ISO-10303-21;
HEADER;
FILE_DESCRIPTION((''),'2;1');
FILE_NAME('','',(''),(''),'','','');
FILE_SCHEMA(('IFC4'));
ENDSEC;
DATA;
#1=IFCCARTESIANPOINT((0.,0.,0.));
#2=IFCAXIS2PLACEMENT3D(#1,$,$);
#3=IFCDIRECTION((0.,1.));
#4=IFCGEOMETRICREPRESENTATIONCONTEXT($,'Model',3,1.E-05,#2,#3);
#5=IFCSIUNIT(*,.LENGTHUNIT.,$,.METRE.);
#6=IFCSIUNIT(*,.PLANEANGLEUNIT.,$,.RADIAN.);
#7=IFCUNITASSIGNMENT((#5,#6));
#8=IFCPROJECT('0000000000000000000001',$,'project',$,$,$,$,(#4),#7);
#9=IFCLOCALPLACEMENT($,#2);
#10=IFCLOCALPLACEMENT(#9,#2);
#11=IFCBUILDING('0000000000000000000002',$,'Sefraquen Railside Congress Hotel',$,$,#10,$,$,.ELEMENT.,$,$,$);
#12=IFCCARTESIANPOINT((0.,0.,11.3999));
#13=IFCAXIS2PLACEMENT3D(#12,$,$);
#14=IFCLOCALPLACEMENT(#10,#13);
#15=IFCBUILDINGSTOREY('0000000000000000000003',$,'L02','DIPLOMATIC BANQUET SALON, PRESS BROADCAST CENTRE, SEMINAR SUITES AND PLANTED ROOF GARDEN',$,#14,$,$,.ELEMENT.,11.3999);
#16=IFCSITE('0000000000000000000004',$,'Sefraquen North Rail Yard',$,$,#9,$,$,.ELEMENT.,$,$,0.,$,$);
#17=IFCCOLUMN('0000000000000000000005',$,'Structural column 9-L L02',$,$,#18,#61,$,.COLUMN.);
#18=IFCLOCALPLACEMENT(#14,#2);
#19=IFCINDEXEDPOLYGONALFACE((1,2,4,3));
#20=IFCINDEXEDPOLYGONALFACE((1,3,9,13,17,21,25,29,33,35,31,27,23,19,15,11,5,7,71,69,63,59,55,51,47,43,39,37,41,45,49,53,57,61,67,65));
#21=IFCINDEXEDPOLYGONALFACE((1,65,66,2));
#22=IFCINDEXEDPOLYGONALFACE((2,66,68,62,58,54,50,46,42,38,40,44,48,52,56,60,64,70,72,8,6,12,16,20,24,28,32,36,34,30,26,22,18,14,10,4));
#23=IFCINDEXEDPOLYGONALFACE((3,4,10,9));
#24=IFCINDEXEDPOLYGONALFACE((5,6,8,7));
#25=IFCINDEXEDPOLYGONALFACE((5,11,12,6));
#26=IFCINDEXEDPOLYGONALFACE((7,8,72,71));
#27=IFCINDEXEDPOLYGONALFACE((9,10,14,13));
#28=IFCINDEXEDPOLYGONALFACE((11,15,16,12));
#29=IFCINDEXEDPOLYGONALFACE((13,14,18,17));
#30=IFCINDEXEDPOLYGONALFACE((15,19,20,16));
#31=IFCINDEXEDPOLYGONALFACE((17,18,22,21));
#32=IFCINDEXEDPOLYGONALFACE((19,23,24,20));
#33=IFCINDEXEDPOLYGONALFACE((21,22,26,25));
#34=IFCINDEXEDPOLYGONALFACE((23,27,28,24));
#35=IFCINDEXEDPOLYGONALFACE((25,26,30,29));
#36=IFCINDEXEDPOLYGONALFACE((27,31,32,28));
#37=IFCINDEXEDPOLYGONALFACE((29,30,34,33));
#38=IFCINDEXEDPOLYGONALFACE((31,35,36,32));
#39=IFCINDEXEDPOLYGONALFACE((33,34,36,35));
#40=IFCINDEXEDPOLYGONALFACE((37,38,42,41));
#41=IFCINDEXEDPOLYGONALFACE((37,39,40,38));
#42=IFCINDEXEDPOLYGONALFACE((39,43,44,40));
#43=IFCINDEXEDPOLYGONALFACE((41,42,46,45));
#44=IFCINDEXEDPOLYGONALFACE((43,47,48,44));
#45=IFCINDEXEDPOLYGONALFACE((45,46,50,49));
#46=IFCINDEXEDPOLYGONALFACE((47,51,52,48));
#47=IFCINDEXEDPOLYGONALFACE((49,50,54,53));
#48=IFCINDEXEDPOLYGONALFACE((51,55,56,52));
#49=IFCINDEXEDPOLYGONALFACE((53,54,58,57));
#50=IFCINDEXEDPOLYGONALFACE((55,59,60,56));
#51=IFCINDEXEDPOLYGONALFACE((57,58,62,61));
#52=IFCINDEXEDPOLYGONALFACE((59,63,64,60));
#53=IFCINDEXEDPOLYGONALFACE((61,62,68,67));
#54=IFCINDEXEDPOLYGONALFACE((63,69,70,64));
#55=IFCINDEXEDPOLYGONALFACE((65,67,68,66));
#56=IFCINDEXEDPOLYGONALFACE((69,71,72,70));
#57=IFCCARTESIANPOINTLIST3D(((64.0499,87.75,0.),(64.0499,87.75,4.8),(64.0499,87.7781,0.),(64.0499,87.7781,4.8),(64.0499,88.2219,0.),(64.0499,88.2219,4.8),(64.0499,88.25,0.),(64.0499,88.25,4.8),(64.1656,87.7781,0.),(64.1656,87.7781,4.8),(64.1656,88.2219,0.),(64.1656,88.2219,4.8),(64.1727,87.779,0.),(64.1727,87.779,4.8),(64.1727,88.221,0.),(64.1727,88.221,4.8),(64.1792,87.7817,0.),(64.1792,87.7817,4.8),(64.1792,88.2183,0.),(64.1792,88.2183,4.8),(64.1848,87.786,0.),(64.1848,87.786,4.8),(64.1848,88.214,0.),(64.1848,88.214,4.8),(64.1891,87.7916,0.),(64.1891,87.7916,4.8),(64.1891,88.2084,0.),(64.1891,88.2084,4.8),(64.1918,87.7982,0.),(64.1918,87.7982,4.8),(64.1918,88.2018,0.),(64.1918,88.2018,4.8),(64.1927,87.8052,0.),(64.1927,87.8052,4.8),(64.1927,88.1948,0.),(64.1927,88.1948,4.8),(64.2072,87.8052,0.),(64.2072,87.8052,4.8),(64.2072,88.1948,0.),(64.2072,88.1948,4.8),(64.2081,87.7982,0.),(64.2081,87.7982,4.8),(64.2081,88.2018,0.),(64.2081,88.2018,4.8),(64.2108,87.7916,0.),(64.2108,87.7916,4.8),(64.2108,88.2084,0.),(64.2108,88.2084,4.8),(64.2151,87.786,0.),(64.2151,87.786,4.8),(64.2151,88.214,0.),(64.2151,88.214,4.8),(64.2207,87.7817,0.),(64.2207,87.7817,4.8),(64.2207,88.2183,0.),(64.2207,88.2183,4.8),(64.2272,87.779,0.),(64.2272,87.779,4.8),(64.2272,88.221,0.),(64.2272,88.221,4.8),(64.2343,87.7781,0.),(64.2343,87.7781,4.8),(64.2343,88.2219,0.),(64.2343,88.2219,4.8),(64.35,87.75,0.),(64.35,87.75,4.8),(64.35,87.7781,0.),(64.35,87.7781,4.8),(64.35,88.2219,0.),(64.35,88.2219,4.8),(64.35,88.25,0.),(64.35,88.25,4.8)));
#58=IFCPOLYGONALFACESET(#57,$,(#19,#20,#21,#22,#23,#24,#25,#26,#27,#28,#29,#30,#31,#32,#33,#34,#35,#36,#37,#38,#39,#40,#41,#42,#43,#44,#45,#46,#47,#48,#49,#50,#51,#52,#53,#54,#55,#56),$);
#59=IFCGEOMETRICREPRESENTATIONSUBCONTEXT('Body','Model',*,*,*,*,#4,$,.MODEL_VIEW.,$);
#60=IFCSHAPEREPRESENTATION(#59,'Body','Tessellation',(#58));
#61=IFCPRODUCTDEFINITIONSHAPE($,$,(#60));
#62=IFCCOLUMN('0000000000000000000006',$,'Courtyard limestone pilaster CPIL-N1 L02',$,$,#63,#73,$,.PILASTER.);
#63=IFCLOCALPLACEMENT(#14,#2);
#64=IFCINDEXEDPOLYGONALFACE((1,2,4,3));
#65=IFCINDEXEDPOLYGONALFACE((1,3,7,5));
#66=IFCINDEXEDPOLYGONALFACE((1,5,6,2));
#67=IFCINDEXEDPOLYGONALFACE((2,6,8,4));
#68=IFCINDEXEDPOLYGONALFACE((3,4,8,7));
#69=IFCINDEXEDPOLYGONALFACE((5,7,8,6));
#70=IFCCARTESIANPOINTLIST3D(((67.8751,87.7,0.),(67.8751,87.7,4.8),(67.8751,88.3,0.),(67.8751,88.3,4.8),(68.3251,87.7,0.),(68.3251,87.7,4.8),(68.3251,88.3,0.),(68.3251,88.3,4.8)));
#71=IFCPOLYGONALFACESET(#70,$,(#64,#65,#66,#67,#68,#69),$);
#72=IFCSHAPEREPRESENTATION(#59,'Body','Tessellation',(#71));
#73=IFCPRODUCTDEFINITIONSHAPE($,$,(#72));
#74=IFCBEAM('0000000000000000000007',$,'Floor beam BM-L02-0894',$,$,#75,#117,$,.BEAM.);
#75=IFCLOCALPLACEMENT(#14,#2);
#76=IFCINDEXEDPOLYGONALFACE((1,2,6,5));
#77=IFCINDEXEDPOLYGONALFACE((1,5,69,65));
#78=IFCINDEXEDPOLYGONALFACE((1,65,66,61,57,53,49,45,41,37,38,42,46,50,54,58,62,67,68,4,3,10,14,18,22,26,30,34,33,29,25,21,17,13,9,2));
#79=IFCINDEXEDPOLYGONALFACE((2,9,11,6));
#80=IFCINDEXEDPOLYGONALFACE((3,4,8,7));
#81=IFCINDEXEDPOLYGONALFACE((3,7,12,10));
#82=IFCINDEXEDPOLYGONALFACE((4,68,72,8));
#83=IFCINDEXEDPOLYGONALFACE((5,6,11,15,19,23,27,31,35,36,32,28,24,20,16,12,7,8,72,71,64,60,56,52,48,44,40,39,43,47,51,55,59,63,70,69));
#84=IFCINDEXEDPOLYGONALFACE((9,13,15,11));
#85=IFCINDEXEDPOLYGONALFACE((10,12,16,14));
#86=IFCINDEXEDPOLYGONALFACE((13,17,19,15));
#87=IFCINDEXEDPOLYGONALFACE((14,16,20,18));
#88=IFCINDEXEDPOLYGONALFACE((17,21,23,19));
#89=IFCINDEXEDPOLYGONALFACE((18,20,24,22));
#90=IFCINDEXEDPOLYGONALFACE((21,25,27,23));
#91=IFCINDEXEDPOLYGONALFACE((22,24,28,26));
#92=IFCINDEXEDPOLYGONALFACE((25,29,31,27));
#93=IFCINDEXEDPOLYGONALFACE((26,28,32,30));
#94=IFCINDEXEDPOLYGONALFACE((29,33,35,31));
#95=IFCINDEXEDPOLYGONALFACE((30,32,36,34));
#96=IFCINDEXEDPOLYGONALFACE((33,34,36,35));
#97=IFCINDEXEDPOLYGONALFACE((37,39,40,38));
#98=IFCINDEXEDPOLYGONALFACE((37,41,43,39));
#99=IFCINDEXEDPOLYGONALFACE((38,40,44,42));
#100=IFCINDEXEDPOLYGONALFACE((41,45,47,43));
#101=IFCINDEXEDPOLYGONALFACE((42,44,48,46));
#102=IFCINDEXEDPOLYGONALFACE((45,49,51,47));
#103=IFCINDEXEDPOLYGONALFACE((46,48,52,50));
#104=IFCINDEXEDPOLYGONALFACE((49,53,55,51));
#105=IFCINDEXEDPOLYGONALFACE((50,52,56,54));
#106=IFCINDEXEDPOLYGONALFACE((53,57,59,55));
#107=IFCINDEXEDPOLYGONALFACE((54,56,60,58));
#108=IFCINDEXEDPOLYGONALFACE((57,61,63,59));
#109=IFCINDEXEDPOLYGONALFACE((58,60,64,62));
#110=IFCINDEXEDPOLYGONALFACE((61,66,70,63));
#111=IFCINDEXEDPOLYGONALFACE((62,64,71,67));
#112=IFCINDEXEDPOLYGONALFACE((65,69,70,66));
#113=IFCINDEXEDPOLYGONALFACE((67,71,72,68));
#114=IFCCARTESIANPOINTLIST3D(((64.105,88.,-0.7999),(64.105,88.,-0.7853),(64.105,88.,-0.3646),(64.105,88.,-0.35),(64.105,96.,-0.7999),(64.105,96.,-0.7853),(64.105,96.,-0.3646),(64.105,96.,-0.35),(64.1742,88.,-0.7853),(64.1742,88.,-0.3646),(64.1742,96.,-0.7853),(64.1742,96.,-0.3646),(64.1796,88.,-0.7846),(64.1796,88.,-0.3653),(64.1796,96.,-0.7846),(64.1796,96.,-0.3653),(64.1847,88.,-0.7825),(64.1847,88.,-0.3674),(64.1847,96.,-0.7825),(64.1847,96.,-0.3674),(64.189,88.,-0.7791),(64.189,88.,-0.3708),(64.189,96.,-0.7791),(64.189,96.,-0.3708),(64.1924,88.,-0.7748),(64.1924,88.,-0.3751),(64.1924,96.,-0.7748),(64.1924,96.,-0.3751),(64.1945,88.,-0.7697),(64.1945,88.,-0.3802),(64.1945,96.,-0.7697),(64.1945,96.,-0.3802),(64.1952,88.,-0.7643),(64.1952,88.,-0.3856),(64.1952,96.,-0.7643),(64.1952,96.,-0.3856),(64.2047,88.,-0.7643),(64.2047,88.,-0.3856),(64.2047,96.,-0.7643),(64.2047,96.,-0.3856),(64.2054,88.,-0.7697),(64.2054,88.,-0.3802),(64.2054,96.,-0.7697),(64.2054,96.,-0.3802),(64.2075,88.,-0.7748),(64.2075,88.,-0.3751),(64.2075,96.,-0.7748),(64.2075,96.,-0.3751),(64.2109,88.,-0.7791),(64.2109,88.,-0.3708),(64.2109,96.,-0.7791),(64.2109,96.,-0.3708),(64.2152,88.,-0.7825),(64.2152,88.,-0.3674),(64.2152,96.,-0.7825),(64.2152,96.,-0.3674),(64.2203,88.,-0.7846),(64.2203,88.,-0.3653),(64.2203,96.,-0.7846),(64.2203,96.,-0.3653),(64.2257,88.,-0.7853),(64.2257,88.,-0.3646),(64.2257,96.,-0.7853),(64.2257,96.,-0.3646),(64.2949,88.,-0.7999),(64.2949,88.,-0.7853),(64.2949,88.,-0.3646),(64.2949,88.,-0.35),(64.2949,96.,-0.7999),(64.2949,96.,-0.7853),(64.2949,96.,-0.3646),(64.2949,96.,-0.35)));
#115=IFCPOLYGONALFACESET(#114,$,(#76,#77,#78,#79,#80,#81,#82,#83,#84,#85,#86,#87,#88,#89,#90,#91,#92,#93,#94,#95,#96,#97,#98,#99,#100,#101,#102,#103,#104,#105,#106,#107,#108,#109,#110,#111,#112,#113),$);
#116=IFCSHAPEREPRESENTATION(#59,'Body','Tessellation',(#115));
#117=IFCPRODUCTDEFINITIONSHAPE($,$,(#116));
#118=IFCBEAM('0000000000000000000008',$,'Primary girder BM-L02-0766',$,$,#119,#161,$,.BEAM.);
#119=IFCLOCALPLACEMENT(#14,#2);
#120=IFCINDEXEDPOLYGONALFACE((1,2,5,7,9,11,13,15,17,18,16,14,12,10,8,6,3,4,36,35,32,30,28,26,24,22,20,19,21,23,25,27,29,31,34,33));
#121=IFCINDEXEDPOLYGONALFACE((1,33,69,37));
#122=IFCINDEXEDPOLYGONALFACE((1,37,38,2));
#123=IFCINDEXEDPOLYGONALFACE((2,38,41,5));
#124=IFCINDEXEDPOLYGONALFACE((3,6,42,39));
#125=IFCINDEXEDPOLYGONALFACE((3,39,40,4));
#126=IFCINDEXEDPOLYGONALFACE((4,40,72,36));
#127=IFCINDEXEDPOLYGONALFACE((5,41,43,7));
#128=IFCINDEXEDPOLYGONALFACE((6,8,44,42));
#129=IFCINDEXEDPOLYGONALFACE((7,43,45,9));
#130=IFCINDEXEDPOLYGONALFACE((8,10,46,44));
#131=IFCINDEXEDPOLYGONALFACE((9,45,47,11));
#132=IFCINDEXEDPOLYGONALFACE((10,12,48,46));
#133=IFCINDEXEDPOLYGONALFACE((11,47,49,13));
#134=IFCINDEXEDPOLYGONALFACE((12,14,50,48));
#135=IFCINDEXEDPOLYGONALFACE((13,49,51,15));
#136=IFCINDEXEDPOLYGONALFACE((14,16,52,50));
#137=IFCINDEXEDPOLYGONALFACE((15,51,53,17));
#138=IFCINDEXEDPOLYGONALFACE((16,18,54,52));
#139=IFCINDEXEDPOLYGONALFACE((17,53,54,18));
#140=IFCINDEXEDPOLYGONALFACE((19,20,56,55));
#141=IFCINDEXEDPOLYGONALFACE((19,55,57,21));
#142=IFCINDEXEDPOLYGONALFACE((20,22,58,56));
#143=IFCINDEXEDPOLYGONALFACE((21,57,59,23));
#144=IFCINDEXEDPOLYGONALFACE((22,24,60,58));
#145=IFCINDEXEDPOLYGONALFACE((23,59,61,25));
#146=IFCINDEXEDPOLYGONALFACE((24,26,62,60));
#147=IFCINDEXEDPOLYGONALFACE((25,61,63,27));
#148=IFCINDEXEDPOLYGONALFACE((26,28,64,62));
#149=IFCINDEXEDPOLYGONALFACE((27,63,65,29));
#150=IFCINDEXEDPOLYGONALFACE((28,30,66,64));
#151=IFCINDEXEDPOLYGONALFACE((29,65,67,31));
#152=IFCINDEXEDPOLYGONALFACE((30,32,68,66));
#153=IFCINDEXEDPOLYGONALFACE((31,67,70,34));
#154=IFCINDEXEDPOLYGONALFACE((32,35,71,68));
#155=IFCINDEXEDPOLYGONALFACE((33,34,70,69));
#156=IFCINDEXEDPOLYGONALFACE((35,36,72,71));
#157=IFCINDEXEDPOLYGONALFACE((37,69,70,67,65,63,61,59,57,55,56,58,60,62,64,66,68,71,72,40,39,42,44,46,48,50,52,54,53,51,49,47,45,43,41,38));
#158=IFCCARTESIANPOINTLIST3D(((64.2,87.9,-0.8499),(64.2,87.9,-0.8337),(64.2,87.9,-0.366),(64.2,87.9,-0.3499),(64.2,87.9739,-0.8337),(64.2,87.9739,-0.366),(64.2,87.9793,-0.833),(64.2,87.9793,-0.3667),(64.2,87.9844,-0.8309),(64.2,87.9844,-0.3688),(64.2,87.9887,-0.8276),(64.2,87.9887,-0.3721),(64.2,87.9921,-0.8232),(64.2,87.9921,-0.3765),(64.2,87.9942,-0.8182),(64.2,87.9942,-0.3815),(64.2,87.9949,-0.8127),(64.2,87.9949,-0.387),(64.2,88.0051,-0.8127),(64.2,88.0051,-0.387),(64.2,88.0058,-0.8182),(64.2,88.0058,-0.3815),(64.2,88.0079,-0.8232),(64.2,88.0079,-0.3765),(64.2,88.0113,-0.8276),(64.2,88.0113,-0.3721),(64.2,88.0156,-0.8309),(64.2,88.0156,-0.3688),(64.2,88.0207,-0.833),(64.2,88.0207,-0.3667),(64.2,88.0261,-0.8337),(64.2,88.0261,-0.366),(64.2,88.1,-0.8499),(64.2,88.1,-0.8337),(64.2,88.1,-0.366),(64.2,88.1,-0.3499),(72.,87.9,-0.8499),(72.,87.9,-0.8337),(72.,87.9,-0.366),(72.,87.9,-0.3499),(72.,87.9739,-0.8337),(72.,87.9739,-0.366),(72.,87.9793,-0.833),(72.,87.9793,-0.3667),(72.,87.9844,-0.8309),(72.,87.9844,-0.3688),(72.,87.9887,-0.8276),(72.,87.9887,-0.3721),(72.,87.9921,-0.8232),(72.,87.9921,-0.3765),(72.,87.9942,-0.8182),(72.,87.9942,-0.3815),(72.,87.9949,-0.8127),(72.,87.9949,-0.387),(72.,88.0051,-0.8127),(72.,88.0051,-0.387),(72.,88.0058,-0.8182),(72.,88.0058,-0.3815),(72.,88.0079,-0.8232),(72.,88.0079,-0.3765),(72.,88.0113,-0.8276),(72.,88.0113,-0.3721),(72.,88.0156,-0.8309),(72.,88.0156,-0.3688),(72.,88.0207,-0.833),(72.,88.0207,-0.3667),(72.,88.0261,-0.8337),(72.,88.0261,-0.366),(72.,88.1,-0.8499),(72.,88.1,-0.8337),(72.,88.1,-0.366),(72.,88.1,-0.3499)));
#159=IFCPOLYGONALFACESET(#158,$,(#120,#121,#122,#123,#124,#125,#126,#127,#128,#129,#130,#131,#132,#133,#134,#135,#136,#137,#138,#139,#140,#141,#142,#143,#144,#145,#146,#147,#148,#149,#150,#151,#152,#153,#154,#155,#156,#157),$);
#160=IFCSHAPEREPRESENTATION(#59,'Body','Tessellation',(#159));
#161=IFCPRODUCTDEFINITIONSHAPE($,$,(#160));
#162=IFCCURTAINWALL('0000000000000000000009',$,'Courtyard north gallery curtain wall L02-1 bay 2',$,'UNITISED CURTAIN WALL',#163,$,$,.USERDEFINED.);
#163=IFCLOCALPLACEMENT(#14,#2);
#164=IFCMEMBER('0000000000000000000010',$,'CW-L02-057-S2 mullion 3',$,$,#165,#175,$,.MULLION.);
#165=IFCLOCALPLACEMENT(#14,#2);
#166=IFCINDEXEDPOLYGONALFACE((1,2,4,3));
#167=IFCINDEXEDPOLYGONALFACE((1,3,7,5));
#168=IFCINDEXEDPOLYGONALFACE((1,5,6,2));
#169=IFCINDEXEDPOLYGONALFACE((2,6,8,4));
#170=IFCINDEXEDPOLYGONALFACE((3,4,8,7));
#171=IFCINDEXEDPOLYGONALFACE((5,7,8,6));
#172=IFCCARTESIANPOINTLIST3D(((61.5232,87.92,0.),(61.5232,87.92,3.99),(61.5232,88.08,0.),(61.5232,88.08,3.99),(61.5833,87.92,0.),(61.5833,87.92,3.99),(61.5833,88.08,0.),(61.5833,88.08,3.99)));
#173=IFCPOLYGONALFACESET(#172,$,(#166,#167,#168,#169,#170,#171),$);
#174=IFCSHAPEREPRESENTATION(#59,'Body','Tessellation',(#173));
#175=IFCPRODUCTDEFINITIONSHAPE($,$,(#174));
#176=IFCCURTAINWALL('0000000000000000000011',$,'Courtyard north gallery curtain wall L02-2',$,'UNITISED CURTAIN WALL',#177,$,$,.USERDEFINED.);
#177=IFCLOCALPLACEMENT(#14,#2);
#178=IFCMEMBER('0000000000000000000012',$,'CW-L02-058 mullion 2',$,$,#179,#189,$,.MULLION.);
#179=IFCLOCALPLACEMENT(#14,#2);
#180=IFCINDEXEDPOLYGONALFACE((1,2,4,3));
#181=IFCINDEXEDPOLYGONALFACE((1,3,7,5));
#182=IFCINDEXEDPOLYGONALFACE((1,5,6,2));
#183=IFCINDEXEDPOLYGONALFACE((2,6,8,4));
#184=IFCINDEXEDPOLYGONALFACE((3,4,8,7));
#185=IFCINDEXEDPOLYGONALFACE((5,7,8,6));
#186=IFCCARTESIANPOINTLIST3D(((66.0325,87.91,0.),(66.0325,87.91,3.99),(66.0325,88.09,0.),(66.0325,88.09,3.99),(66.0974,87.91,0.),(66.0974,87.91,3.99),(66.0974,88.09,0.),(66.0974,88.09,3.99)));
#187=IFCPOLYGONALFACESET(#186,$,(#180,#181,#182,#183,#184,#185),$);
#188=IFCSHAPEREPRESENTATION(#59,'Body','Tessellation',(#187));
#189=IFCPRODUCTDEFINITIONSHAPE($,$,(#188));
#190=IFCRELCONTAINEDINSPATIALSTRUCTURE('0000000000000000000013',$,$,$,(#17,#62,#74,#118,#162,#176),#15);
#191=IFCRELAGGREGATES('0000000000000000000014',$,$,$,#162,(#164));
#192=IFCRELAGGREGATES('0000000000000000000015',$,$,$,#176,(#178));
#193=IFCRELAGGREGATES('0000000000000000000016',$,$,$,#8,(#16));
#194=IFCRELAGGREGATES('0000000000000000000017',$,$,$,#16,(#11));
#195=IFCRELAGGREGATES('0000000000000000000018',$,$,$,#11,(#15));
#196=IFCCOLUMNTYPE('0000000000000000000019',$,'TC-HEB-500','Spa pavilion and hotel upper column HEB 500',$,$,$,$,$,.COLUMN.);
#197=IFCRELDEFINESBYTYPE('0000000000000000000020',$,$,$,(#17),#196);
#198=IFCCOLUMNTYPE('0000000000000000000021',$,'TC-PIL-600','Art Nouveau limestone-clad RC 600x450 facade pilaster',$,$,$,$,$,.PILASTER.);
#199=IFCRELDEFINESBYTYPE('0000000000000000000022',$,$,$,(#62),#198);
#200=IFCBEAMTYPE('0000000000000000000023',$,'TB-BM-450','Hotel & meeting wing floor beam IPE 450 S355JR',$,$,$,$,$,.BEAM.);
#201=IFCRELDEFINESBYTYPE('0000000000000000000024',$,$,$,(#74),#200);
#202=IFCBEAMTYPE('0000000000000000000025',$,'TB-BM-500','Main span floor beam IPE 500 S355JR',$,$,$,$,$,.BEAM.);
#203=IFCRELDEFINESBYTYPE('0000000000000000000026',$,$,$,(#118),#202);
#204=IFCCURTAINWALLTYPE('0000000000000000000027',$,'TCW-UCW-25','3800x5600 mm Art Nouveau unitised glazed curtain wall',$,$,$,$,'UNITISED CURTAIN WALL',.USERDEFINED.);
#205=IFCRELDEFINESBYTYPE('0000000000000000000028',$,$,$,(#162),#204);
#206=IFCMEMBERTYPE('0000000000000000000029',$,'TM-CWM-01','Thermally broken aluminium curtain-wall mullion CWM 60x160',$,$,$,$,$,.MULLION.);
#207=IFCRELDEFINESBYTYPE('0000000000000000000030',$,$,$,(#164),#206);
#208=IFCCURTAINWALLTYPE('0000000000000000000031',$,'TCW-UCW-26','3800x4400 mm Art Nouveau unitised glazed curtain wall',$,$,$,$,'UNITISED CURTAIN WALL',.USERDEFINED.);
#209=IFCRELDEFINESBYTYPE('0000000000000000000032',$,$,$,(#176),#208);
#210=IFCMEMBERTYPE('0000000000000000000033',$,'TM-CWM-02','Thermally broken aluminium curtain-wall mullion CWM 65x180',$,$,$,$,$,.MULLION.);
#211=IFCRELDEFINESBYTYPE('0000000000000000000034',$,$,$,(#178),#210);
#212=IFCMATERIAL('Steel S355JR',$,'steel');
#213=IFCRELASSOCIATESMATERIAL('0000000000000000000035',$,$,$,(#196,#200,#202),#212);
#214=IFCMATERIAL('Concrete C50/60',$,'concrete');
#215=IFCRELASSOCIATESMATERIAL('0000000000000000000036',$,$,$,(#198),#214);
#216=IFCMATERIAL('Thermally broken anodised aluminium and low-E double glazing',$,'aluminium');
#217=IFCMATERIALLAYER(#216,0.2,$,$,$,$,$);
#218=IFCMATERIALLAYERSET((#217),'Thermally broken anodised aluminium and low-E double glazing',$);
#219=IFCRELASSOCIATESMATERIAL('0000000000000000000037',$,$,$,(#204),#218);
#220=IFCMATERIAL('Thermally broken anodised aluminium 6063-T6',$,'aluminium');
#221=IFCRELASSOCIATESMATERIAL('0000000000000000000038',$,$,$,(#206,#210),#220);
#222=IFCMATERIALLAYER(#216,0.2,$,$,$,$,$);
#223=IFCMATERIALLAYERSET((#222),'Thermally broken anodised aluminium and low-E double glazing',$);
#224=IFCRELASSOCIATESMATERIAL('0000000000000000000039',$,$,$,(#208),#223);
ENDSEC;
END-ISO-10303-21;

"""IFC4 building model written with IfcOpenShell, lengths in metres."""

from ifc_helpers import new_model, si_unit, direction, frame, origin, origin_2d, place, context, subcontext, project, spatial, rectangle, i_section, extrude, material, layer, layer_set, material_profile, profile_set, type_object, element, aggregate, save


model = new_model("IFC4")

# Units and contexts
model_context = context("Model", 3, precision=1e-05, world=origin(), true_north=direction((0.0, 1.0)))
body_context = subcontext(model_context, "Body", "Model", "MODEL_VIEW")
ifc_project = project(units=[si_unit("LENGTHUNIT", "METRE"), si_unit("PLANEANGLEUNIT", "RADIAN")], contexts=[model_context])

# Site, building, storey
site_placement = place(None, origin())
site = spatial("IfcSite", under=ifc_project, at=site_placement, Name="Sefraquen North Rail Yard", CompositionType="ELEMENT", RefElevation=0.0)
building_placement = place(site_placement, origin())
building = spatial("IfcBuilding", under=site, at=building_placement, Name="Sefraquen Railside Congress Hotel", CompositionType="ELEMENT")
storey_placement = place(building_placement, frame((0.0, 0.0, 11.3999)))
storey = spatial("IfcBuildingStorey", under=building, at=storey_placement, Name="L02", Description="DIPLOMATIC BANQUET SALON, PRESS BROADCAST CENTRE, SEMINAR SUITES AND PLANTED ROOF GARDEN", CompositionType="ELEMENT", Elevation=11.3999)

# Columns
ifc_material_1 = material(Name="Steel S355JR", Category="steel")
ifc_material_profile_1 = material_profile(ifc_material_1, i_section(OverallWidth=0.3, OverallDepth=0.5, WebThickness=0.0144, FlangeThickness=0.0281, FilletRadius=0.0271, at=origin_2d()), Name="HEB 500")
ifc_profile_set_1 = profile_set([ifc_material_profile_1], Name="Steel S355JR")
column_type_1 = type_object("IfcColumnType", Name="TC-HEB-500", Description="Spa pavilion and hotel upper column HEB 500", PredefinedType="COLUMN", material=ifc_profile_set_1)
column_1_placement = place(storey_placement, frame((64.2, 88.0, 0.0), z_axis=(0.0, 0.0, 1.0), x_axis=(1.0, 0.0, 0.0)))
element("IfcColumn", 1, at=column_1_placement, inside=storey, type_object=column_type_1, Name="Structural column 9-L L02", PredefinedType="COLUMN", context=body_context, shape_type="SweptSolid", body=[
    extrude(i_section(OverallWidth=0.3, OverallDepth=0.5, WebThickness=0.0144, FlangeThickness=0.0281, FilletRadius=0.0271, at=origin_2d()), origin(), (0.0, 0.0, 1.0), 4.8),
])
ifc_material_2 = material(Name="Concrete C50/60", Category="concrete")
ifc_material_profile_2 = material_profile(ifc_material_2, rectangle(XDim=0.45, YDim=0.6001, at=origin_2d()), Name="RC 600x450")
ifc_profile_set_2 = profile_set([ifc_material_profile_2], Name="Concrete C50/60")
column_type_2 = type_object("IfcColumnType", Name="TC-PIL-600", Description="Art Nouveau limestone-clad RC 600x450 facade pilaster", PredefinedType="PILASTER", material=ifc_profile_set_2)
column_2_placement = place(storey_placement, frame((68.1001, 88.0, 0.0), z_axis=(0.0, 0.0, 1.0), x_axis=(1.0, 0.0, 0.0)))
element("IfcColumn", 2, at=column_2_placement, inside=storey, type_object=column_type_2, Name="Courtyard limestone pilaster CPIL-N1 L02", PredefinedType="PILASTER", context=body_context, shape_type="SweptSolid", body=[
    extrude(rectangle(XDim=0.45, YDim=0.6001, at=origin_2d()), origin(), (0.0, 0.0, 1.0), 4.8),
])

# Beams
ifc_material_profile_3 = material_profile(ifc_material_1, i_section(OverallWidth=0.1899, OverallDepth=0.45, WebThickness=0.0095, FlangeThickness=0.0146, FilletRadius=0.021, at=origin_2d()), Name="IPE 450")
ifc_profile_set_3 = profile_set([ifc_material_profile_3], Name="Steel S355JR")
beam_type_1 = type_object("IfcBeamType", Name="TB-BM-450", Description="Hotel & meeting wing floor beam IPE 450 S355JR", PredefinedType="BEAM", material=ifc_profile_set_3)
beam_1_placement = place(storey_placement, frame((64.2, 88.0, -0.575), z_axis=(0.0, 1.0, 0.0), x_axis=(-1.0, 0.0, 0.0)))
element("IfcBeam", 3, at=beam_1_placement, inside=storey, type_object=beam_type_1, Name="Floor beam BM-L02-0894", PredefinedType="BEAM", context=body_context, shape_type="SweptSolid", body=[
    extrude(i_section(OverallWidth=0.1899, OverallDepth=0.45, WebThickness=0.0095, FlangeThickness=0.0146, FilletRadius=0.021, at=origin_2d()), origin(), (0.0, 0.0, 1.0), 8.0),
])
ifc_material_profile_4 = material_profile(ifc_material_1, i_section(OverallWidth=0.2, OverallDepth=0.5, WebThickness=0.0103, FlangeThickness=0.0161, FilletRadius=0.021, at=origin_2d()), Name="IPE 500")
ifc_profile_set_4 = profile_set([ifc_material_profile_4], Name="Steel S355JR")
beam_type_2 = type_object("IfcBeamType", Name="TB-BM-500", Description="Main span floor beam IPE 500 S355JR", PredefinedType="BEAM", material=ifc_profile_set_4)
beam_2_placement = place(storey_placement, frame((64.2, 88.0, -0.5999), z_axis=(1.0, 0.0, 0.0), x_axis=(0.0, 1.0, 0.0)))
element("IfcBeam", 4, at=beam_2_placement, inside=storey, type_object=beam_type_2, Name="Primary girder BM-L02-0766", PredefinedType="BEAM", context=body_context, shape_type="SweptSolid", body=[
    extrude(i_section(OverallWidth=0.2, OverallDepth=0.5, WebThickness=0.0103, FlangeThickness=0.0161, FilletRadius=0.021, at=origin_2d()), origin(), (0.0, 0.0, 1.0), 7.8),
])

# Curtain walls, members
ifc_material_3 = material(Name="Thermally broken anodised aluminium and low-E double glazing", Category="aluminium")
ifc_layer_1 = layer(ifc_material_3, 0.2)
ifc_layer_set_1 = layer_set([ifc_layer_1], Name="Thermally broken anodised aluminium and low-E double glazing")
curtain_wall_type_1 = type_object("IfcCurtainWallType", Name="TCW-UCW-25", Description="3800x5600 mm Art Nouveau unitised glazed curtain wall", ElementType="UNITISED CURTAIN WALL", PredefinedType="USERDEFINED", material=ifc_layer_set_1)
curtain_wall_1_placement = place(storey_placement, origin())
curtain_wall_1 = element("IfcCurtainWall", 5, at=curtain_wall_1_placement, inside=storey, type_object=curtain_wall_type_1, Name="Courtyard north gallery curtain wall L02-1 bay 2", ObjectType="UNITISED CURTAIN WALL", PredefinedType="USERDEFINED")
ifc_material_4 = material(Name="Thermally broken anodised aluminium 6063-T6", Category="aluminium")
ifc_material_profile_5 = material_profile(ifc_material_4, rectangle(XDim=0.0601, YDim=0.1599, at=origin_2d()), Name="CWM 60x160")
ifc_profile_set_5 = profile_set([ifc_material_profile_5], Name="Thermally broken anodised aluminium 6063-T6")
member_type_1 = type_object("IfcMemberType", Name="TM-CWM-01", Description="Thermally broken aluminium curtain-wall mullion CWM 60x160", PredefinedType="MULLION", material=ifc_profile_set_5)
member_1_placement = place(storey_placement, frame((61.5532, 88.0, 0.0), z_axis=(0.0, 0.0, 1.0), x_axis=(1.0, 0.0, 0.0)))
member_1 = element("IfcMember", 6, at=member_1_placement, type_object=member_type_1, Name="CW-L02-057-S2 mullion 3", PredefinedType="MULLION", context=body_context, shape_type="SweptSolid", body=[
    extrude(rectangle(XDim=0.0601, YDim=0.1599, at=origin_2d()), origin(), (0.0, 0.0, 1.0), 3.99),
])
ifc_layer_2 = layer(ifc_material_3, 0.2)
ifc_layer_set_2 = layer_set([ifc_layer_2], Name="Thermally broken anodised aluminium and low-E double glazing")
curtain_wall_type_2 = type_object("IfcCurtainWallType", Name="TCW-UCW-26", Description="3800x4400 mm Art Nouveau unitised glazed curtain wall", ElementType="UNITISED CURTAIN WALL", PredefinedType="USERDEFINED", material=ifc_layer_set_2)
curtain_wall_2_placement = place(storey_placement, origin())
curtain_wall_2 = element("IfcCurtainWall", 7, at=curtain_wall_2_placement, inside=storey, type_object=curtain_wall_type_2, Name="Courtyard north gallery curtain wall L02-2", ObjectType="UNITISED CURTAIN WALL", PredefinedType="USERDEFINED")
ifc_material_profile_6 = material_profile(ifc_material_4, rectangle(XDim=0.0649, YDim=0.1799, at=origin_2d()), Name="CWM 65x180")
ifc_profile_set_6 = profile_set([ifc_material_profile_6], Name="Thermally broken anodised aluminium 6063-T6")
member_type_2 = type_object("IfcMemberType", Name="TM-CWM-02", Description="Thermally broken aluminium curtain-wall mullion CWM 65x180", PredefinedType="MULLION", material=ifc_profile_set_6)
member_2_placement = place(storey_placement, frame((66.0649, 88.0, 0.0), z_axis=(0.0, 0.0, 1.0), x_axis=(1.0, 0.0, 0.0)))
member_2 = element("IfcMember", 8, at=member_2_placement, type_object=member_type_2, Name="CW-L02-058 mullion 2", PredefinedType="MULLION", context=body_context, shape_type="SweptSolid", body=[
    extrude(rectangle(XDim=0.0649, YDim=0.1799, at=origin_2d()), origin(), (0.0, 0.0, 1.0), 3.99),
])

aggregate(curtain_wall_1, [member_1])
aggregate(curtain_wall_2, [member_2])

save(model, "model.ifc")
